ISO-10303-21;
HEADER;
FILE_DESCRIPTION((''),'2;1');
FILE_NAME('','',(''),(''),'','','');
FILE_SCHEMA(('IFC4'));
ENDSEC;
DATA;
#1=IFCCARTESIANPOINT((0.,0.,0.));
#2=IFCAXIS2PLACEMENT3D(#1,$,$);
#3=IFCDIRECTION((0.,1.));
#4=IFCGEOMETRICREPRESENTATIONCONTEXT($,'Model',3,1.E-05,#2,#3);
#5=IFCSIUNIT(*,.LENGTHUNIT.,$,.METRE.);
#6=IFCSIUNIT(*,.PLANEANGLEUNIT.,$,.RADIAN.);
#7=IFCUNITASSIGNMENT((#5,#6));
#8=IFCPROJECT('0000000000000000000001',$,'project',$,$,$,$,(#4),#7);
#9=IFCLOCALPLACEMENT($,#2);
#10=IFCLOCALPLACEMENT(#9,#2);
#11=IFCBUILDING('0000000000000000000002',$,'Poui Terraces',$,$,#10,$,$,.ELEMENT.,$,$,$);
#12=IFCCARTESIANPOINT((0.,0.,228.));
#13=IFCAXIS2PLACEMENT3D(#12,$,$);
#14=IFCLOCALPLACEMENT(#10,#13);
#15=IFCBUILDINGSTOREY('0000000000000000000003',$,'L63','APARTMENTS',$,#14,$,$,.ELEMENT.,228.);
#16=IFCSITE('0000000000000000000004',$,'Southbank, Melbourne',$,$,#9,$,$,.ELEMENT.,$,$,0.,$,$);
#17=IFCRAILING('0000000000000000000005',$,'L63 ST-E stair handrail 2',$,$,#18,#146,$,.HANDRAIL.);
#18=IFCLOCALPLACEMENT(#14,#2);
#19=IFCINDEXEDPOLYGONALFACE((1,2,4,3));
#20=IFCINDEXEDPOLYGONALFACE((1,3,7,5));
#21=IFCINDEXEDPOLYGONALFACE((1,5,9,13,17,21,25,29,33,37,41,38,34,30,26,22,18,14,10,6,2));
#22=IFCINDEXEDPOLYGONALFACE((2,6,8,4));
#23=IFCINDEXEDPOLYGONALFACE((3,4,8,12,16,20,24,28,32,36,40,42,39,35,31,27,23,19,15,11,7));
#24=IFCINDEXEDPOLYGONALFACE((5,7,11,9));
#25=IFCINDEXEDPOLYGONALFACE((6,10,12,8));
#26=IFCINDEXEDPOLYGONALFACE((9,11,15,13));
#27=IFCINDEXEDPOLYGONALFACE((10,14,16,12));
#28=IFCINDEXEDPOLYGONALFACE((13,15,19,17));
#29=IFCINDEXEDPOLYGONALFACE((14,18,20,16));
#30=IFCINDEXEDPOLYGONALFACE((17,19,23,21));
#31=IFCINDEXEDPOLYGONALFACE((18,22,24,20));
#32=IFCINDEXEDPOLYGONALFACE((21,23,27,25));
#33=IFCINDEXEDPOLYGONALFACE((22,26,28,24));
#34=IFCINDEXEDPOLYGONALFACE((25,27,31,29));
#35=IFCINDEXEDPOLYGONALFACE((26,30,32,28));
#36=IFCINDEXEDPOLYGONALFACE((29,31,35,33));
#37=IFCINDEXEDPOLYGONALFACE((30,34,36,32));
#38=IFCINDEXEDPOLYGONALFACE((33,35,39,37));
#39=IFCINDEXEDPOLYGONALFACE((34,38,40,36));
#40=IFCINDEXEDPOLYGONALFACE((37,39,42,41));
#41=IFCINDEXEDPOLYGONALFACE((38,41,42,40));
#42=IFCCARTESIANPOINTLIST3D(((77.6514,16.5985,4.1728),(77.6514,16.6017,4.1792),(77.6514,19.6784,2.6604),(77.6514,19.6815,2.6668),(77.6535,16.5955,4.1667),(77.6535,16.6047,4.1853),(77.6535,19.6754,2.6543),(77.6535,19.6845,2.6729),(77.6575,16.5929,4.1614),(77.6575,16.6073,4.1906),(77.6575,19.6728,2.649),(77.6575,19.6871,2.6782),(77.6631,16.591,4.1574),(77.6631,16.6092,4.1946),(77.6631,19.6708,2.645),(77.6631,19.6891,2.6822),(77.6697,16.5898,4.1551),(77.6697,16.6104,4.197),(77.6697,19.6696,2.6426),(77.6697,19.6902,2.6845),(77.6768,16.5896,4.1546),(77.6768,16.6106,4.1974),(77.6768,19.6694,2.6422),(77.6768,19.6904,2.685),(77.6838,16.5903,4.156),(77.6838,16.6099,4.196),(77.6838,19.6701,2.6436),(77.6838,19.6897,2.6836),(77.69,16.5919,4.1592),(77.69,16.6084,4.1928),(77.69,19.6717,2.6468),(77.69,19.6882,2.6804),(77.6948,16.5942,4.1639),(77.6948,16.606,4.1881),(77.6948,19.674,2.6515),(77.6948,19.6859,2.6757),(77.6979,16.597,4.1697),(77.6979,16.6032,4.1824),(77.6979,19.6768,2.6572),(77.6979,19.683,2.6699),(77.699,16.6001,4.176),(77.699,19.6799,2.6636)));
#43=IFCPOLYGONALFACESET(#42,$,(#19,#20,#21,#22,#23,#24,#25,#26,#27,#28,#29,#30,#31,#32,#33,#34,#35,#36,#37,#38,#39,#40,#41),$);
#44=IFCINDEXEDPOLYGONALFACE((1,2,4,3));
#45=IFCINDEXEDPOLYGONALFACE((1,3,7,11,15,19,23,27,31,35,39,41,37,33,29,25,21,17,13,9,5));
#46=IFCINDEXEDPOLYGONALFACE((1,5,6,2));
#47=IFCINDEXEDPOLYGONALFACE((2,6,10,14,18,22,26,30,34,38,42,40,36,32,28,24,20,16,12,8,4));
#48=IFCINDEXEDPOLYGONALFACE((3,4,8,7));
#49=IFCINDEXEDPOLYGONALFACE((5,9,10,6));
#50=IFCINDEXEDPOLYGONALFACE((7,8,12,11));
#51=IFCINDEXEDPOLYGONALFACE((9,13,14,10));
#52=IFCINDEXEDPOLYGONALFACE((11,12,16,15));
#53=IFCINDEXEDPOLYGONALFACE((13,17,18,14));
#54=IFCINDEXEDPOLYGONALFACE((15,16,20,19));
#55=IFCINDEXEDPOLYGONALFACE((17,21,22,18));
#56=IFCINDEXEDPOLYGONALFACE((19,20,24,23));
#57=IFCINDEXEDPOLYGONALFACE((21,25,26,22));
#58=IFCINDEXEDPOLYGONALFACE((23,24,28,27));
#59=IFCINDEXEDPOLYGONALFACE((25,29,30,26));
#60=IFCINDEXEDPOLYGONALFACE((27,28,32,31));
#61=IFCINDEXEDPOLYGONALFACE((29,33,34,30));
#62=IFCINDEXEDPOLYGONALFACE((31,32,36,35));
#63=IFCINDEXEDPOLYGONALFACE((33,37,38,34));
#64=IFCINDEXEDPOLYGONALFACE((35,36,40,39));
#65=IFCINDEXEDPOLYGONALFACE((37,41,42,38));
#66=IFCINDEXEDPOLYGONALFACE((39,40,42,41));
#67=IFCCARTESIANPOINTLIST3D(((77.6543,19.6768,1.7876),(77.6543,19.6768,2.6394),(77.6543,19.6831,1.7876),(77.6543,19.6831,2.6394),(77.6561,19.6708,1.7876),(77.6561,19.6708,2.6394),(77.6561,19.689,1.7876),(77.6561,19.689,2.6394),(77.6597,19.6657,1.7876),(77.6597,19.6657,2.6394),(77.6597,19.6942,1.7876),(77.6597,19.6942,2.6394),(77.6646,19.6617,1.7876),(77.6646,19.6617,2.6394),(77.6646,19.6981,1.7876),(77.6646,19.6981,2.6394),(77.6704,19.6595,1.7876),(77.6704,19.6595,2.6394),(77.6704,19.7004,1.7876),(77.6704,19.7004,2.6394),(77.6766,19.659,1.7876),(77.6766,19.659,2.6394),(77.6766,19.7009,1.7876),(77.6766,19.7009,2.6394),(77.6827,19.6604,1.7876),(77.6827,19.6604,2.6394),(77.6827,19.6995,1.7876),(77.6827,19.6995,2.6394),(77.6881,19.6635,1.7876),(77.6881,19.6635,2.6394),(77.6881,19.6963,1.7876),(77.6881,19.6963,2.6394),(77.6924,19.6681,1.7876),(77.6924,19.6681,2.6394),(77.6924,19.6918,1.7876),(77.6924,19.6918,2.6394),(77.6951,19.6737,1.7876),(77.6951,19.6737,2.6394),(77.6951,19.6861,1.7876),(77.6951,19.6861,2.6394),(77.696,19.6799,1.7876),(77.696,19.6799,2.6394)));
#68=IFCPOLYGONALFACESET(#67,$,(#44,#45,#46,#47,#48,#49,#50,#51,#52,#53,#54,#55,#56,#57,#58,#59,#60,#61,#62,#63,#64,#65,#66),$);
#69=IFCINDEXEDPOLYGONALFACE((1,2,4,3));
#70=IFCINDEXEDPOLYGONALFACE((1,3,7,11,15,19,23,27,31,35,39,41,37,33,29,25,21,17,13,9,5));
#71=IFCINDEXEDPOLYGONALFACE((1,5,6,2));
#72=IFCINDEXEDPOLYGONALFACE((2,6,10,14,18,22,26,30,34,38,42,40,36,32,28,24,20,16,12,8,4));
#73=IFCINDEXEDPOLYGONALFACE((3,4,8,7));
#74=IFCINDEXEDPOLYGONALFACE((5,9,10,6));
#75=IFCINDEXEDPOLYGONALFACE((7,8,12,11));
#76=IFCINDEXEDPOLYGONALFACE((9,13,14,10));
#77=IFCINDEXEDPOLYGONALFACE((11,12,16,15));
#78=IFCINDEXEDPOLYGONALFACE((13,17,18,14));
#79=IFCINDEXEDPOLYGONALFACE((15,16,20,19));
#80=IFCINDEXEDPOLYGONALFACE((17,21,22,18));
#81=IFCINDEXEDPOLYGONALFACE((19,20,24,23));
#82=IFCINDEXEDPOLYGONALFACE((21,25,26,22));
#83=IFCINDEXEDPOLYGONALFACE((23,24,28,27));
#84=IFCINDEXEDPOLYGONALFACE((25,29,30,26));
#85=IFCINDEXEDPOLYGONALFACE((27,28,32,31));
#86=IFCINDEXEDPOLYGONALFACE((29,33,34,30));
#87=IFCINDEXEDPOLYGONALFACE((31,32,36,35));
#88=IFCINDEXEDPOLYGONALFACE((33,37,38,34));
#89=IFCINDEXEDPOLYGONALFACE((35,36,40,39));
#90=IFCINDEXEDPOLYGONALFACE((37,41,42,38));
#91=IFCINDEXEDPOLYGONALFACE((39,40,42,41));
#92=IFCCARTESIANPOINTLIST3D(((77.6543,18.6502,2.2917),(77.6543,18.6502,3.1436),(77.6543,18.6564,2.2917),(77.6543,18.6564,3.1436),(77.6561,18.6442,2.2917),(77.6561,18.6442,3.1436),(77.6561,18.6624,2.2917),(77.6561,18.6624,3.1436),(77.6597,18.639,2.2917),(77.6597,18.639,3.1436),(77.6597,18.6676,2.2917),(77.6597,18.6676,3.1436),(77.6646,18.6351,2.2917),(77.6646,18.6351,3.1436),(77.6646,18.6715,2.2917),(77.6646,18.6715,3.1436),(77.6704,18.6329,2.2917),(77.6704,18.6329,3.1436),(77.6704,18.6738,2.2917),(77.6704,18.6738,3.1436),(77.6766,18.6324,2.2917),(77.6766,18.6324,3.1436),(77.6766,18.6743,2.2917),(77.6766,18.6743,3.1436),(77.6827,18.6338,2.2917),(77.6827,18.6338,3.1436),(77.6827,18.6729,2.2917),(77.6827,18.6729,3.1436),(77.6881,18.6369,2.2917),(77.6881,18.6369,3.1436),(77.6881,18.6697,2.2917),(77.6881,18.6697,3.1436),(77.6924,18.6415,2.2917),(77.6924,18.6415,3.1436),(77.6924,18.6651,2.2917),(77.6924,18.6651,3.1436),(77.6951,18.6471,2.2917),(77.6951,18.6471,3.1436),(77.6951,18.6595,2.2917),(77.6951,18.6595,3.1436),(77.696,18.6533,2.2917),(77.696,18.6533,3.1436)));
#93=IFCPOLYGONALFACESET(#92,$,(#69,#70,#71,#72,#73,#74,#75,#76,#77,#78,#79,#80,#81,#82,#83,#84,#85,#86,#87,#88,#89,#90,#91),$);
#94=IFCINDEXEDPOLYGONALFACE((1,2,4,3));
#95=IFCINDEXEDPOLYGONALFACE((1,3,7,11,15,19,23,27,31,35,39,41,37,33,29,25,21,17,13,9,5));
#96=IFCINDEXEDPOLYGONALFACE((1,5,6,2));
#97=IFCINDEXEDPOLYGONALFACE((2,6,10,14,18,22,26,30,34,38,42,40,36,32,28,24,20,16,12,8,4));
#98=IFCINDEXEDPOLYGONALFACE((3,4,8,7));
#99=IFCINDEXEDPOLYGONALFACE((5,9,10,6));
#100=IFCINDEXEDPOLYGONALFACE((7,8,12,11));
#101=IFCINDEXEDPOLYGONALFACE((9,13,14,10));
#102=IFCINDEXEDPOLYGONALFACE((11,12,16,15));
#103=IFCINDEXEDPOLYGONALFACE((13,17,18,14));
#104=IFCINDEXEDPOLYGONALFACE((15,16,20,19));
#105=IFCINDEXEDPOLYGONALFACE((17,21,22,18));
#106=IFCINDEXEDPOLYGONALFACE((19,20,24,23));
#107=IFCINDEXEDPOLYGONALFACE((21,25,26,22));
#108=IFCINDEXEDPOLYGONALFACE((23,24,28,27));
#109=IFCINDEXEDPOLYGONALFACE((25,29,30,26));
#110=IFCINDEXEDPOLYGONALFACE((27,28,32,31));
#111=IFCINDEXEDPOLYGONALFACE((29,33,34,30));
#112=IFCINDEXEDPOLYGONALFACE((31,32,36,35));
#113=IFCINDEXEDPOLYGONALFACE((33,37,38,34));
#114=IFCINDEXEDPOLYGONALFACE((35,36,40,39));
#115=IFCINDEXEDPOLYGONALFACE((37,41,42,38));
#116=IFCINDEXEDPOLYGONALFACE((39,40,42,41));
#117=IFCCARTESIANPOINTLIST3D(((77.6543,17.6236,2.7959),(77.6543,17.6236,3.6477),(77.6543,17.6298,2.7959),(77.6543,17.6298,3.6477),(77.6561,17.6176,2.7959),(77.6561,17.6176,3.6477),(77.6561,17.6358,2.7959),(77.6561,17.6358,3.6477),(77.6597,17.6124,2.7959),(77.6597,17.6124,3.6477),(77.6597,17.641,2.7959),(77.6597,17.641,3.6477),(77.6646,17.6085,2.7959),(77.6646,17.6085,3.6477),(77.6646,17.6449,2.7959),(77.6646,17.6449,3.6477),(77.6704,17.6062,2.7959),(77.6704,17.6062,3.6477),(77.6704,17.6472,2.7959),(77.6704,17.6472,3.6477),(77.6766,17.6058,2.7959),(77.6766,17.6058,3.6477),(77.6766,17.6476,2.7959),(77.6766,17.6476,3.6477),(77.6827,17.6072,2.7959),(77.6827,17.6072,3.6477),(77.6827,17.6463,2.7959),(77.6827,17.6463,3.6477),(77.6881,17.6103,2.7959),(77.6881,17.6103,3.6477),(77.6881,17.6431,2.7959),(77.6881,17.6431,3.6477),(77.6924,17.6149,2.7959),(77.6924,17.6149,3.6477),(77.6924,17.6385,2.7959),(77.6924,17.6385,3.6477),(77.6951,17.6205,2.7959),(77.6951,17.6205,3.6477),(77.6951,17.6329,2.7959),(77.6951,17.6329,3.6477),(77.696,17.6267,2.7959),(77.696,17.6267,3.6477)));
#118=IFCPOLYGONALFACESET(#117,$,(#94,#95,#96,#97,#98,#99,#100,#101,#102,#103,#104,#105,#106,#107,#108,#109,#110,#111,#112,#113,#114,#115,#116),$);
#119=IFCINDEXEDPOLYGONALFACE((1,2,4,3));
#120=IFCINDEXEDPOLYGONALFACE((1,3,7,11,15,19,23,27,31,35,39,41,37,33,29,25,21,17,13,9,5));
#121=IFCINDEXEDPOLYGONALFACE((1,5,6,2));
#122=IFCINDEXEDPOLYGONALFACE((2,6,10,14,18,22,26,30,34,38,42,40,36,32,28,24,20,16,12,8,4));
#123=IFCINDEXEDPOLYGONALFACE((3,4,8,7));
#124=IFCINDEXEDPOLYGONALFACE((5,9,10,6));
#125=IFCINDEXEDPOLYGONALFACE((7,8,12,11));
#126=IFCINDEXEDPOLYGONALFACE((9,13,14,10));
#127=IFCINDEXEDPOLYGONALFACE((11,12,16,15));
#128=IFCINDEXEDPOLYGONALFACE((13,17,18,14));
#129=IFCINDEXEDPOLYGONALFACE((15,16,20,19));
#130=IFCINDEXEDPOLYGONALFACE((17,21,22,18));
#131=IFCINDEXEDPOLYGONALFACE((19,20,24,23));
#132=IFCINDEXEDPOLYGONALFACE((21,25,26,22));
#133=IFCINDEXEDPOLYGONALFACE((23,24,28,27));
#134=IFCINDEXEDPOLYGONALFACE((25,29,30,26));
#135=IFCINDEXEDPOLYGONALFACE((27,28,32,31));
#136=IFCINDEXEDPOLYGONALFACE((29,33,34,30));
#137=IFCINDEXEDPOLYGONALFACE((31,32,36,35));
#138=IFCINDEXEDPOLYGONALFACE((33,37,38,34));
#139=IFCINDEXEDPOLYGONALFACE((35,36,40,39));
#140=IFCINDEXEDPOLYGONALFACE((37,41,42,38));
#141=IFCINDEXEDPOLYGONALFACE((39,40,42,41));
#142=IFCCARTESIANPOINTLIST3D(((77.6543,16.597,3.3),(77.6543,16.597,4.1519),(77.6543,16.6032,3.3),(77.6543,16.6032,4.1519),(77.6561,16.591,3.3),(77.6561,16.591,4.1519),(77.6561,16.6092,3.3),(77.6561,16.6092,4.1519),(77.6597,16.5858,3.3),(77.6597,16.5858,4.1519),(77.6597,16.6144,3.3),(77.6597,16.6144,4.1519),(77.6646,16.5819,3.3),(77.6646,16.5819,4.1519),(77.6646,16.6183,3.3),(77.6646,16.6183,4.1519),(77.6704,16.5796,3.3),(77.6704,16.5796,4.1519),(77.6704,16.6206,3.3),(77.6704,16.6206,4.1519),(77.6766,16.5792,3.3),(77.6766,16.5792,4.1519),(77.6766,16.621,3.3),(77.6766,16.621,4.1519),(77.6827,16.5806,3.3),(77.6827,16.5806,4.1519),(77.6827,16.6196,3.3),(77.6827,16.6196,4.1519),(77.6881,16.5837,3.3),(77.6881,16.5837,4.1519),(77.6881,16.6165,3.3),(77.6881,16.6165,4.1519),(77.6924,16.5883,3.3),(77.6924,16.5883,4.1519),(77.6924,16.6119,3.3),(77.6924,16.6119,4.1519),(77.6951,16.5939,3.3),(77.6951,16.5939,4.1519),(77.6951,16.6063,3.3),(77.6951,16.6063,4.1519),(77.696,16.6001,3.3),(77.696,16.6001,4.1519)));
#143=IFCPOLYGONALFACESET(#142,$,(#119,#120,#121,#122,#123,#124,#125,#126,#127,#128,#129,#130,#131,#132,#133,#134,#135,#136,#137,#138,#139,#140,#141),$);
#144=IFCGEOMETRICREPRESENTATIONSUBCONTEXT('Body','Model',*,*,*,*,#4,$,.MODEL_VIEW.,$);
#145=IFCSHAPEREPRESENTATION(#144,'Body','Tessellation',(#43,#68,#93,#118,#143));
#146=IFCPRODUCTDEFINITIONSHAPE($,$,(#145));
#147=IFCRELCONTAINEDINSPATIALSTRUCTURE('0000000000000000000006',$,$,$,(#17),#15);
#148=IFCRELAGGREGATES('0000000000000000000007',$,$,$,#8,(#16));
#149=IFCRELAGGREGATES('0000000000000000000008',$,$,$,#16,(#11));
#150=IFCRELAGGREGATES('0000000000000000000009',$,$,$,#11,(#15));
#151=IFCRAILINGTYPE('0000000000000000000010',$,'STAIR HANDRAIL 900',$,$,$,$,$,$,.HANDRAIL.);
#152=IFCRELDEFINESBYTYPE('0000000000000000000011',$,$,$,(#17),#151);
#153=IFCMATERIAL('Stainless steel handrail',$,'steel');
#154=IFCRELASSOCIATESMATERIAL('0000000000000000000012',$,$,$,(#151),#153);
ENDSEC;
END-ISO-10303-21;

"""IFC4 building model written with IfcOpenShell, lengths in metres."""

from ifc_helpers import new_model, si_unit, direction, frame, origin, origin_2d, place, context, subcontext, project, spatial, circle, extrude, material, type_object, element, save


model = new_model("IFC4")

# Units and contexts
model_context = context("Model", 3, precision=1e-05, world=origin(), true_north=direction((0.0, 1.0)))
body_context = subcontext(model_context, "Body", "Model", "MODEL_VIEW")
ifc_project = project(units=[si_unit("LENGTHUNIT", "METRE"), si_unit("PLANEANGLEUNIT", "RADIAN")], contexts=[model_context])

# Site, building, storey
site_placement = place(None, origin())
site = spatial("IfcSite", under=ifc_project, at=site_placement, Name="Southbank, Melbourne", CompositionType="ELEMENT", RefElevation=0.0)
building_placement = place(site_placement, origin())
building = spatial("IfcBuilding", under=site, at=building_placement, Name="Poui Terraces", CompositionType="ELEMENT")
storey_placement = place(building_placement, frame((0.0, 0.0, 228.0)))
storey = spatial("IfcBuildingStorey", under=building, at=storey_placement, Name="L63", Description="APARTMENTS", CompositionType="ELEMENT", Elevation=228.0)

# Railing
ifc_material_1 = material(Name="Stainless steel handrail", Category="steel")
railing_type_1 = type_object("IfcRailingType", Name="STAIR HANDRAIL 900", PredefinedType="HANDRAIL", material=ifc_material_1)
for number, where, name in (
    (1, (77.675, 19.6799, 1.7876), "L63 ST-E stair handrail 2"),
):
    element("IfcRailing", number, at=place(storey_placement, frame(where)), inside=storey, type_object=railing_type_1, Name=name, PredefinedType="HANDRAIL", context=body_context, shape_type="SweptSolid", body=[
        extrude(circle(Radius=0.0239, at=origin_2d()), frame((0.0, 0.0, 0.876), z_axis=(0.0, -0.897606, 0.440798), x_axis=(1.0, 0.0, 0.0)), (0.0, 0.0, 1.0), 3.4312),
        extrude(circle(Radius=0.021, at=origin_2d()), origin(), (0.0, 0.0, 1.0), 0.8518),
        extrude(circle(Radius=0.021, at=origin_2d()), frame((0.0, -1.0266, 0.5042)), (0.0, 0.0, 1.0), 0.8518),
        extrude(circle(Radius=0.021, at=origin_2d()), frame((0.0, -2.0532, 1.0083)), (0.0, 0.0, 1.0), 0.8518),
        extrude(circle(Radius=0.021, at=origin_2d()), frame((0.0, -3.0798, 1.5125)), (0.0, 0.0, 1.0), 0.8518),
    ])

save(model, "model.ifc")
